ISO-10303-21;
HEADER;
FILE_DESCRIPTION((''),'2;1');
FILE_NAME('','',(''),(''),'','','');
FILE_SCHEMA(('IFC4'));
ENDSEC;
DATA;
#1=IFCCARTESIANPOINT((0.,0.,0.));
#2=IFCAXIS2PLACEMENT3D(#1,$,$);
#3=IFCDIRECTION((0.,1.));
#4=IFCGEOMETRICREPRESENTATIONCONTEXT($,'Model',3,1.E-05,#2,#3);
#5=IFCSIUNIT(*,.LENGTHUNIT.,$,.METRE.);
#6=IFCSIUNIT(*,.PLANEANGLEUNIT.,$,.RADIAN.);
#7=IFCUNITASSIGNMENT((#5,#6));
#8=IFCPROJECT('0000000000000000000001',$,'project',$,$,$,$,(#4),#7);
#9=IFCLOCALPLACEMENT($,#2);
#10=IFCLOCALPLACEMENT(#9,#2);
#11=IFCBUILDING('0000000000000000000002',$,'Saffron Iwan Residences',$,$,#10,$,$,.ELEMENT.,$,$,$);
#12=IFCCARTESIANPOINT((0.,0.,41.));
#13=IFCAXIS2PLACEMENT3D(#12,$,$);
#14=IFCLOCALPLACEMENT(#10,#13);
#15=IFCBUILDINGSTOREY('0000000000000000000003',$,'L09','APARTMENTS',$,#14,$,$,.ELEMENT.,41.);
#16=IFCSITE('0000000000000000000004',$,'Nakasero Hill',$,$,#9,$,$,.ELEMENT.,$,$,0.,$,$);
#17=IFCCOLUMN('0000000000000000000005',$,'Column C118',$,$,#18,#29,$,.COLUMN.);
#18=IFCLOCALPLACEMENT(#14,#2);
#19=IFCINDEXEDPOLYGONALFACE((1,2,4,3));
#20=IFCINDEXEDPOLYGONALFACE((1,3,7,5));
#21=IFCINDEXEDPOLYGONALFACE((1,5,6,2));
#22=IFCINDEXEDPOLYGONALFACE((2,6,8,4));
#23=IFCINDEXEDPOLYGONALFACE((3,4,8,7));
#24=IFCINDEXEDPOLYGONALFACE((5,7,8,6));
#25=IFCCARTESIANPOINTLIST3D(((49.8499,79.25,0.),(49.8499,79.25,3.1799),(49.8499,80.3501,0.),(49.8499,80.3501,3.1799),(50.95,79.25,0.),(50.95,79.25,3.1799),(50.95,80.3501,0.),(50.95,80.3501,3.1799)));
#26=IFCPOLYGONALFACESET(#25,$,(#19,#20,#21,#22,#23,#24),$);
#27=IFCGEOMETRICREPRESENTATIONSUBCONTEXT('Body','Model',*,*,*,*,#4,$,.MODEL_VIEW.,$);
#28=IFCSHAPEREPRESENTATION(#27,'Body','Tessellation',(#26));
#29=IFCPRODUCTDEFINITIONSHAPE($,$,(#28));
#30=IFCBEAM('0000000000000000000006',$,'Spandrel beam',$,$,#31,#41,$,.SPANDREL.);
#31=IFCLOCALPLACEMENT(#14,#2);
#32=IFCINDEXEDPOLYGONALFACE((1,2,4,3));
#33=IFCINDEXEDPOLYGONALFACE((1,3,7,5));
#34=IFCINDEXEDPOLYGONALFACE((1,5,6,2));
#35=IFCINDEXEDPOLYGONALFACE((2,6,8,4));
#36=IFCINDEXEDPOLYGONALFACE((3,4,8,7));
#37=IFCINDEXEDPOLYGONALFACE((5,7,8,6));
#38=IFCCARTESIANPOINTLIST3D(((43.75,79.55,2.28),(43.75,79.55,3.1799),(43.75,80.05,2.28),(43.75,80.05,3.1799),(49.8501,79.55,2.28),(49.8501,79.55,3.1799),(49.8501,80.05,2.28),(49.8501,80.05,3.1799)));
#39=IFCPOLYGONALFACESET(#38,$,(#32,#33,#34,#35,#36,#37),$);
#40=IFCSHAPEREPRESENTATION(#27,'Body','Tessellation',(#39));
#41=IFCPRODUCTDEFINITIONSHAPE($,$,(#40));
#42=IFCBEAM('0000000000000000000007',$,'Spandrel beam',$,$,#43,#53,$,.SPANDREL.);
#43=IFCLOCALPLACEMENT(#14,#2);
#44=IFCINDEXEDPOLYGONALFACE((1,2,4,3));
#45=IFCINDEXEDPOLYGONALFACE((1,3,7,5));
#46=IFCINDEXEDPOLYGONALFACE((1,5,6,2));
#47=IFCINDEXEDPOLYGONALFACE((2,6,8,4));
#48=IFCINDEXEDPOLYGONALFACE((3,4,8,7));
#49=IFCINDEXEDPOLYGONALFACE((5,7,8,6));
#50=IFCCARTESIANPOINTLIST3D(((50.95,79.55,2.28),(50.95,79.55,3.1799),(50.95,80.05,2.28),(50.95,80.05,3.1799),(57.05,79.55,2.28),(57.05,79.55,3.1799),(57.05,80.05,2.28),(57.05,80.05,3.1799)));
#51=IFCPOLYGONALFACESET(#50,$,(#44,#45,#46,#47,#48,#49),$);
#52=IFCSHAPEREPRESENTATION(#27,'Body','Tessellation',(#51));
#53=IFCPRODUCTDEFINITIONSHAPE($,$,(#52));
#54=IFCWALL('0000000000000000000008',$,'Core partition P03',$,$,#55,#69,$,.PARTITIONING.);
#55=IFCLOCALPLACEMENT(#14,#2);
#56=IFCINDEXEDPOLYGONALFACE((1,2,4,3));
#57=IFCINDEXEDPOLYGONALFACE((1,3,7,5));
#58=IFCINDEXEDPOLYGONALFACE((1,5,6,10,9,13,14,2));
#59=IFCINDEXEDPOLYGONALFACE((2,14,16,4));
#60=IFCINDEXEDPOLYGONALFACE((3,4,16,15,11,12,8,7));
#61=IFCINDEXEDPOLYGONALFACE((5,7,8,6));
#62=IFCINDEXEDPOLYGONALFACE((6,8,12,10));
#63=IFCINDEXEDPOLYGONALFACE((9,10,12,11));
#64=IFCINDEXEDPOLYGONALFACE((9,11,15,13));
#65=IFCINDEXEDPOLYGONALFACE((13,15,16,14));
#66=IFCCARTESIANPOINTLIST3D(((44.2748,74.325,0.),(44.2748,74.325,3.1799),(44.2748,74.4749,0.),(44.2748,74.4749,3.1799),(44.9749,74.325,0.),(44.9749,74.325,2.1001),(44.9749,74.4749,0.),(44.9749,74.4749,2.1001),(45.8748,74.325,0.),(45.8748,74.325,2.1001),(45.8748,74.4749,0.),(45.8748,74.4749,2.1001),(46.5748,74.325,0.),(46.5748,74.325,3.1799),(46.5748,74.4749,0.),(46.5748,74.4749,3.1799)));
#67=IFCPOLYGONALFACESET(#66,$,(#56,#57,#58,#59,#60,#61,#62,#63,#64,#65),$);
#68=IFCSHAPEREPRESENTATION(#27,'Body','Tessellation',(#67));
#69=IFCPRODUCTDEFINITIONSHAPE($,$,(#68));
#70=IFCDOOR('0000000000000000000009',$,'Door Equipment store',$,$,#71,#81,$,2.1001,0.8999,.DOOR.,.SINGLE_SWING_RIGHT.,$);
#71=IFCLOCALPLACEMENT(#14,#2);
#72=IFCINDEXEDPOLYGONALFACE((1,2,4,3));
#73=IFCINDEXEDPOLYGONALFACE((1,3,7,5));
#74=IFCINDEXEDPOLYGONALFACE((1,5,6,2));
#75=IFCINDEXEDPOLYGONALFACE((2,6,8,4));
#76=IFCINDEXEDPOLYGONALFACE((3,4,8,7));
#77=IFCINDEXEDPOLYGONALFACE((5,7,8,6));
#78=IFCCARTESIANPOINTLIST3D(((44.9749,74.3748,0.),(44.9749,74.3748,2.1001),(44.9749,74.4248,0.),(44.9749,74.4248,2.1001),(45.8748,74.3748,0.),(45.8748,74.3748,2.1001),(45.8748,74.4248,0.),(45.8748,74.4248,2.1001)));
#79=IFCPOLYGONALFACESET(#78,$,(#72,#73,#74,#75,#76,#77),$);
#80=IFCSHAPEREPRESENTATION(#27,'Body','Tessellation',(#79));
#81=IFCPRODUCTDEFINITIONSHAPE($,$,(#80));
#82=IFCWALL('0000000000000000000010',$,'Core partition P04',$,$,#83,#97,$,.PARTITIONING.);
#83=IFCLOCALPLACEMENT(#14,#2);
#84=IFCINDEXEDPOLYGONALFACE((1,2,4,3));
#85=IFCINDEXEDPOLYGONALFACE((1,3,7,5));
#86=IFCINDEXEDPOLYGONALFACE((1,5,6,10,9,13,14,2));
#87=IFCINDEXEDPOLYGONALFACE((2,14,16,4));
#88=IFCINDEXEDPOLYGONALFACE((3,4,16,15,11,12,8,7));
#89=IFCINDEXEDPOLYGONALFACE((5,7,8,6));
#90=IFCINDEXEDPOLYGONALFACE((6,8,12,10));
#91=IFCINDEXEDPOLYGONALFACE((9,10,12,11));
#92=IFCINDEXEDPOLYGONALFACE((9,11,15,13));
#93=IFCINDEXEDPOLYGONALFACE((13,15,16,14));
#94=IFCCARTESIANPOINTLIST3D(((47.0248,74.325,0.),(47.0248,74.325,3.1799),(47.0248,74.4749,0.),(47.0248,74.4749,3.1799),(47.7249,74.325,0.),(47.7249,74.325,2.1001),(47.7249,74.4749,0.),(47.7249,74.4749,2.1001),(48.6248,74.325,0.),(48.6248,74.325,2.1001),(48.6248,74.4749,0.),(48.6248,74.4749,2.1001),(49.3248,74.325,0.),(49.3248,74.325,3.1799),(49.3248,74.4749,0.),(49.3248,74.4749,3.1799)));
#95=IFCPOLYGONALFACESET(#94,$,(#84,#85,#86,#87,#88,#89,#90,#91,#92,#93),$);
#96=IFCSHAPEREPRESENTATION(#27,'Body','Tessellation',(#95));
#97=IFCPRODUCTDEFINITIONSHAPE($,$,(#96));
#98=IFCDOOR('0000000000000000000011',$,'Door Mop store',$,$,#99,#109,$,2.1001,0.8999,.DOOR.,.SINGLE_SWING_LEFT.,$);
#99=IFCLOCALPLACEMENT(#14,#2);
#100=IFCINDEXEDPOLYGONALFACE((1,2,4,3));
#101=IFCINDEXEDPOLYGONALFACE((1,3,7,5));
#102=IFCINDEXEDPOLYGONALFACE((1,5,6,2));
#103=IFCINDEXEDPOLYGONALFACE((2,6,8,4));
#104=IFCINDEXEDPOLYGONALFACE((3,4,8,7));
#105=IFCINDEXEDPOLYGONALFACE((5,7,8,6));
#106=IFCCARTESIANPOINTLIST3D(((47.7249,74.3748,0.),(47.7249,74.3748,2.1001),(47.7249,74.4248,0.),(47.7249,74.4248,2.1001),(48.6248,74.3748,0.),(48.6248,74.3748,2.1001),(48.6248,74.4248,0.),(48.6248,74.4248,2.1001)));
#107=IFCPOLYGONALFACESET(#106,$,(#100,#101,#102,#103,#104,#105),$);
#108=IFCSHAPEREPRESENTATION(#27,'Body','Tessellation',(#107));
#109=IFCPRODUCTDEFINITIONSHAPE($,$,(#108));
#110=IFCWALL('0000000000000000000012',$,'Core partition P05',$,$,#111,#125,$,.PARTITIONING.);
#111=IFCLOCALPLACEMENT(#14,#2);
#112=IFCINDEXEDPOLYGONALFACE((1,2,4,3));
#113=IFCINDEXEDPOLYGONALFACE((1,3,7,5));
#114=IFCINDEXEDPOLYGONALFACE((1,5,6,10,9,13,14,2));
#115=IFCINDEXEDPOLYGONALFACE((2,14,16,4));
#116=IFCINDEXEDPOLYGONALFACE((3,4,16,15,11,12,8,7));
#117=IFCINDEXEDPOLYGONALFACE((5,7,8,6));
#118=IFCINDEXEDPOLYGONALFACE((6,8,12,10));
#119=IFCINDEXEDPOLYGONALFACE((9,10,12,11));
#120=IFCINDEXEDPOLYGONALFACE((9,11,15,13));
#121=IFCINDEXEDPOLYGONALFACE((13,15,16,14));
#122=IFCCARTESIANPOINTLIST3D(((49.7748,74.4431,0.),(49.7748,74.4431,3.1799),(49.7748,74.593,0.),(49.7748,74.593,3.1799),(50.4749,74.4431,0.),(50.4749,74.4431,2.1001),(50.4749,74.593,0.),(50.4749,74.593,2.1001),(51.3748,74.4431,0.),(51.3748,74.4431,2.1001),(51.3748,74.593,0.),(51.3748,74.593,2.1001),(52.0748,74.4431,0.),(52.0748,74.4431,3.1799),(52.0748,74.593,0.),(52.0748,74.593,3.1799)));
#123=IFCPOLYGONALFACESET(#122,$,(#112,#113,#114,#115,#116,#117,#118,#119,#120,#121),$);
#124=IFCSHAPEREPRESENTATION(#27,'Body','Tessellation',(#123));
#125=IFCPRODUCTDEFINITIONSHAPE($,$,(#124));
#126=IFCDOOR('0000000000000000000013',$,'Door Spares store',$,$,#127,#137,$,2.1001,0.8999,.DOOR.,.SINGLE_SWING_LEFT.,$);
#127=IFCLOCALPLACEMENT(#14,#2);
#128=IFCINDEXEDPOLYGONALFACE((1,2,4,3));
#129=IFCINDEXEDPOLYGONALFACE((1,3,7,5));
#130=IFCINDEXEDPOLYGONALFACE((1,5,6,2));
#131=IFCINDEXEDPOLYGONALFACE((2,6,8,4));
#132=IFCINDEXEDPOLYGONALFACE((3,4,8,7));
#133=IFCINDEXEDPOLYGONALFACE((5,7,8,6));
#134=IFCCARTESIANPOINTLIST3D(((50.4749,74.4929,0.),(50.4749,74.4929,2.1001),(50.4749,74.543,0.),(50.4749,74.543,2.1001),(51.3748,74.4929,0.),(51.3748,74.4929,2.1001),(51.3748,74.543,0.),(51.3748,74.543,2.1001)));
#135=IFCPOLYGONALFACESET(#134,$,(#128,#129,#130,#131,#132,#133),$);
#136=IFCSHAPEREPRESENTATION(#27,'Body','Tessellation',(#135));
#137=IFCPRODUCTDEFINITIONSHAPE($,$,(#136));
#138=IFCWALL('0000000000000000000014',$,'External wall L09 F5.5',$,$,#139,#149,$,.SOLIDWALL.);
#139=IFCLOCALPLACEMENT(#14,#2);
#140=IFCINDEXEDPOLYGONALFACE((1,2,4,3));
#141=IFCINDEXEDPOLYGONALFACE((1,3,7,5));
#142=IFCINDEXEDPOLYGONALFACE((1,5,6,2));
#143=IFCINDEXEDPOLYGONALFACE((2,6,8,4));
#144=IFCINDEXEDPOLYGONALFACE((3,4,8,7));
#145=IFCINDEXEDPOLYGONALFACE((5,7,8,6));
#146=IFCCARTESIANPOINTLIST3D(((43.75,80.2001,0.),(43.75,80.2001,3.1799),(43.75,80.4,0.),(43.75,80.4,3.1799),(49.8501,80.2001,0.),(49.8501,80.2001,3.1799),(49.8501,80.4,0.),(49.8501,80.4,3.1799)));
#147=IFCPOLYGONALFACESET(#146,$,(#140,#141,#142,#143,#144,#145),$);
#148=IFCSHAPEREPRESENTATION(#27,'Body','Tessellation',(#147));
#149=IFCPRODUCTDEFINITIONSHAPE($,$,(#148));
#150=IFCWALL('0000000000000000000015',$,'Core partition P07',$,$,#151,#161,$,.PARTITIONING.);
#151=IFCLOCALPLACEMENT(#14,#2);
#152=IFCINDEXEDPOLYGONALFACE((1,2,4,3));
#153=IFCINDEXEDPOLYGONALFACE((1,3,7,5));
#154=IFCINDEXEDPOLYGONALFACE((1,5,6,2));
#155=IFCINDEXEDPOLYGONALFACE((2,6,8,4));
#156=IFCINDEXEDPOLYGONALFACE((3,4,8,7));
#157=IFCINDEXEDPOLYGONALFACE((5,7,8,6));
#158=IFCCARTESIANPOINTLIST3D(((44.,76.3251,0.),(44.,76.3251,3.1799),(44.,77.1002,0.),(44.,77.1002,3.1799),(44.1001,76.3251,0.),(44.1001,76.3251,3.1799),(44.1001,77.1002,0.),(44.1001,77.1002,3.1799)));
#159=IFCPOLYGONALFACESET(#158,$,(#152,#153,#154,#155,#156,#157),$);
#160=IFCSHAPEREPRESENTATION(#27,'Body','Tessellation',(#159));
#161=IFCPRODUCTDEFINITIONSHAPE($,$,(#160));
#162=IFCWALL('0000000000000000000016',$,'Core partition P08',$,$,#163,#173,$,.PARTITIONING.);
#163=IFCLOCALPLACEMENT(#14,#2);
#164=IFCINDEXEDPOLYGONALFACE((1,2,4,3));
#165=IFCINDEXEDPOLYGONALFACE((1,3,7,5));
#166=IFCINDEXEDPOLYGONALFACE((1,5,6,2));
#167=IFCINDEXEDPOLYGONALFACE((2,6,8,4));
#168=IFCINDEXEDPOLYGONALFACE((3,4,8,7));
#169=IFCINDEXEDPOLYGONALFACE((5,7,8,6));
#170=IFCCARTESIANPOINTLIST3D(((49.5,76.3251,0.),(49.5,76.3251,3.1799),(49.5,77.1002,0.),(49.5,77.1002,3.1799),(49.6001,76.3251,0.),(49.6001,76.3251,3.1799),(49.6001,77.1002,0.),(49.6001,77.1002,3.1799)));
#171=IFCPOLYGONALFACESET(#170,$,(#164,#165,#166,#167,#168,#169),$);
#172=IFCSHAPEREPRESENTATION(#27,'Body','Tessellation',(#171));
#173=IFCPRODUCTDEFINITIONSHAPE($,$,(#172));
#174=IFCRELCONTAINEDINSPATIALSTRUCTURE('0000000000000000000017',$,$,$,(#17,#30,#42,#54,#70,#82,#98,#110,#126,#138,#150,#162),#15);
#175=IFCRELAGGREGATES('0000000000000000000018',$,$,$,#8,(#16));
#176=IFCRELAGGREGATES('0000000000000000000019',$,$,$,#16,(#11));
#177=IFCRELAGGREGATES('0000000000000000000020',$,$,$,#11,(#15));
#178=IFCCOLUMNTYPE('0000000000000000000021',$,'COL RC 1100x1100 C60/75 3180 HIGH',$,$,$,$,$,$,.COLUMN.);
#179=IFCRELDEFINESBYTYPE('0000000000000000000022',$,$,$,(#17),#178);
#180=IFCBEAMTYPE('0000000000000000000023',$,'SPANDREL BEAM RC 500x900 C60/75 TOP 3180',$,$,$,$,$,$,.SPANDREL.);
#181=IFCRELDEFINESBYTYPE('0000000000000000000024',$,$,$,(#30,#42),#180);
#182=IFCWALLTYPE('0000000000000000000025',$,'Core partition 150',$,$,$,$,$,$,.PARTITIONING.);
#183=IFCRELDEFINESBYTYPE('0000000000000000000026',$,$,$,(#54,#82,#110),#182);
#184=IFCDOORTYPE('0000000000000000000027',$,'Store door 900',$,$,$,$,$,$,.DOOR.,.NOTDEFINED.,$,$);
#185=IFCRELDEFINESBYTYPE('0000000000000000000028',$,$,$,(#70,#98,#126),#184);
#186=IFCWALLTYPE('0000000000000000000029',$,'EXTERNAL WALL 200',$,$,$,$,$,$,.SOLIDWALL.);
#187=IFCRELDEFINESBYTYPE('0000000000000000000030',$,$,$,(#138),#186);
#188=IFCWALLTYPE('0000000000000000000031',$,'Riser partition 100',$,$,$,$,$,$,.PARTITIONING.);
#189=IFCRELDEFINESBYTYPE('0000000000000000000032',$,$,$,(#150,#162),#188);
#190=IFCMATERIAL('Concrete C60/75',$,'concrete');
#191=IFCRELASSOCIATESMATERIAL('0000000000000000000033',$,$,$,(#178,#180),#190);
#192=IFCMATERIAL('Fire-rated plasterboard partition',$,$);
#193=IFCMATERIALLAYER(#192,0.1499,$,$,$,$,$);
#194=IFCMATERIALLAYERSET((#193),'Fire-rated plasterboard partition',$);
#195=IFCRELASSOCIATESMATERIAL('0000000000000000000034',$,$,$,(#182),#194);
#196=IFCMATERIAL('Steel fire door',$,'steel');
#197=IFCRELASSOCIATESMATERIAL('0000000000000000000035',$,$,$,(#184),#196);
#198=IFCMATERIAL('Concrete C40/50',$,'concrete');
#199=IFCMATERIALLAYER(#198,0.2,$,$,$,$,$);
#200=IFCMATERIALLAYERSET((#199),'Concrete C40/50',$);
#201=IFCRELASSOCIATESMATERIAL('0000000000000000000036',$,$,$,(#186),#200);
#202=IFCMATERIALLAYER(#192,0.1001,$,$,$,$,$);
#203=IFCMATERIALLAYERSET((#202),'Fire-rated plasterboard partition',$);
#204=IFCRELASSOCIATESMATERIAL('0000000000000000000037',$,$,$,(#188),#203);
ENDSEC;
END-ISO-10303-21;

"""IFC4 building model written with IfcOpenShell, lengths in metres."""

from ifc_helpers import new_model, si_unit, direction, frame, frame_2d, origin, origin_2d, place, context, subcontext, project, spatial, rectangle, extrude, source, transform, mapped, material, layer, layer_set, material_profile, profile_set, type_object, element, fill, save


model = new_model("IFC4")

# Units and contexts
model_context = context("Model", 3, precision=1e-05, world=origin(), true_north=direction((0.0, 1.0)))
body_context = subcontext(model_context, "Body", "Model", "MODEL_VIEW")
ifc_project = project(units=[si_unit("LENGTHUNIT", "METRE"), si_unit("PLANEANGLEUNIT", "RADIAN")], contexts=[model_context])

# Site, building, storey
site_placement = place(None, origin())
site = spatial("IfcSite", under=ifc_project, at=site_placement, Name="Nakasero Hill", CompositionType="ELEMENT", RefElevation=0.0)
building_placement = place(site_placement, origin())
building = spatial("IfcBuilding", under=site, at=building_placement, Name="Saffron Iwan Residences", CompositionType="ELEMENT")
storey_placement = place(building_placement, frame((0.0, 0.0, 41.0)))
storey = spatial("IfcBuildingStorey", under=building, at=storey_placement, Name="L09", Description="APARTMENTS", CompositionType="ELEMENT", Elevation=41.0)

# Column
ifc_material_1 = material(Name="Concrete C60/75", Category="concrete")
ifc_material_profile_1 = material_profile(ifc_material_1, rectangle(XDim=1.1001, YDim=1.1001, at=origin_2d()), Name="RC 1100x1100")
ifc_profile_set_1 = profile_set([ifc_material_profile_1], Name="Concrete C60/75")
column_type = type_object("IfcColumnType", Name="COL RC 1100x1100 C60/75 3180 HIGH", PredefinedType="COLUMN", material=ifc_profile_set_1)
shared_shape_1 = source(origin(), body_context, "Body", "SweptSolid", [
    extrude(rectangle(XDim=1.1001, YDim=1.1001, at=origin_2d()), origin(), (0.0, 0.0, 1.0), 3.1799),
])
column_placement = place(storey_placement, frame((50.3999, 79.8, 0.0), z_axis=(0.0, 0.0, 1.0), x_axis=(1.0, 0.0, 0.0)))
element("IfcColumn", 1, at=column_placement, inside=storey, type_object=column_type, Name="Column C118", PredefinedType="COLUMN", context=body_context, shape_type="MappedRepresentation", body=[
    mapped(shared_shape_1, transform((0.0, 0.0, 0.0))),
])

# Beams
ifc_material_profile_2 = material_profile(ifc_material_1, rectangle(XDim=0.5, YDim=0.8999, at=origin_2d()), Name="RC 500x900")
ifc_profile_set_2 = profile_set([ifc_material_profile_2], Name="Concrete C60/75")
beam_type = type_object("IfcBeamType", Name="SPANDREL BEAM RC 500x900 C60/75 TOP 3180", PredefinedType="SPANDREL", material=ifc_profile_set_2)
shared_shape_2 = source(origin(), body_context, "Body", "SweptSolid", [
    extrude(rectangle(XDim=0.5, YDim=0.8999, at=origin_2d()), origin(), (0.0, 0.0, 1.0), 6.1001),
])
for number, where, z_axis, x_axis, name in (
    (2, (43.75, 79.8, 2.73), (1.0, 0.0, 0.0), (0.0, 1.0, 0.0), "Spandrel beam"),
    (3, (50.95, 79.8, 2.73), (1.0, 0.0, 0.0), (0.0, 1.0, 0.0), "Spandrel beam"),
):
    element("IfcBeam", number, at=place(storey_placement, frame(where, z_axis=z_axis, x_axis=x_axis)), inside=storey, type_object=beam_type, Name=name, PredefinedType="SPANDREL", context=body_context, shape_type="MappedRepresentation", body=[
        mapped(shared_shape_2, transform((0.0, 0.0, 0.0))),
    ])

# Walls, openings, doors
ifc_material_2 = material(Name="Fire-rated plasterboard partition")
ifc_layer_1 = layer(ifc_material_2, 0.1499)
ifc_layer_set_1 = layer_set([ifc_layer_1], Name="Fire-rated plasterboard partition")
wall_type_1 = type_object("IfcWallType", Name="Core partition 150", PredefinedType="PARTITIONING", material=ifc_layer_set_1)
wall_1_placement = place(storey_placement, frame((44.2749, 74.3999, 0.0), z_axis=(0.0, 0.0, 1.0), x_axis=(1.0, 0.0, 0.0)))
wall_1 = element("IfcWall", 4, at=wall_1_placement, inside=storey, type_object=wall_type_1, Name="Core partition P03", PredefinedType="PARTITIONING", context=body_context, shape_type="SweptSolid", body=[
    extrude(rectangle(XDim=2.3, YDim=0.1499, at=frame_2d((1.1499, 0.0))), origin(), (0.0, 0.0, 1.0), 3.1799),
])
opening_1_placement = place(wall_1_placement, frame((0.7, 0.0, 0.0)))
opening_1 = element("IfcOpeningElement", 5, at=opening_1_placement, cuts=wall_1, PredefinedType="OPENING", context=body_context, shape_type="SweptSolid", body=[
    extrude(rectangle(XDim=0.8999, YDim=2.1001, at=frame_2d((0.45, 1.05))), frame((0.0, 0.085, 0.0), z_axis=(0.0, -1.0, 0.0), x_axis=(1.0, 0.0, 0.0)), (0.0, 0.0, 1.0), 0.1699),
])
ifc_material_3 = material(Name="Steel fire door", Category="steel")
door_type = type_object("IfcDoorType", Name="Store door 900", OperationType="NOTDEFINED", PredefinedType="DOOR", material=ifc_material_3)
door_1_placement = place(opening_1_placement, origin())
door_1 = element("IfcDoor", 6, at=door_1_placement, inside=storey, type_object=door_type, Name="Door Equipment store", OperationType="SINGLE_SWING_RIGHT", OverallHeight=2.1001, OverallWidth=0.8999, PredefinedType="DOOR", context=body_context, shape_type="SweptSolid", body=[
    extrude(rectangle(XDim=0.8999, YDim=2.1001, at=frame_2d((0.45, 1.05))), frame((0.0, 0.0249, 0.0), z_axis=(0.0, -1.0, 0.0), x_axis=(1.0, 0.0, 0.0)), (0.0, 0.0, 1.0), 0.05),
])
fill(opening_1, door_1)
wall_2_placement = place(storey_placement, frame((47.0249, 74.3999, 0.0), z_axis=(0.0, 0.0, 1.0), x_axis=(1.0, 0.0, 0.0)))
wall_2 = element("IfcWall", 7, at=wall_2_placement, inside=storey, type_object=wall_type_1, Name="Core partition P04", PredefinedType="PARTITIONING", context=body_context, shape_type="SweptSolid", body=[
    extrude(rectangle(XDim=2.3, YDim=0.1499, at=frame_2d((1.1499, 0.0))), origin(), (0.0, 0.0, 1.0), 3.1799),
])
opening_2_placement = place(wall_2_placement, frame((0.7, 0.0, 0.0)))
opening_2 = element("IfcOpeningElement", 8, at=opening_2_placement, cuts=wall_2, PredefinedType="OPENING", context=body_context, shape_type="SweptSolid", body=[
    extrude(rectangle(XDim=0.8999, YDim=2.1001, at=frame_2d((0.45, 1.05))), frame((0.0, 0.085, 0.0), z_axis=(0.0, -1.0, 0.0), x_axis=(1.0, 0.0, 0.0)), (0.0, 0.0, 1.0), 0.1699),
])
door_2_placement = place(opening_2_placement, origin())
door_2 = element("IfcDoor", 9, at=door_2_placement, inside=storey, type_object=door_type, Name="Door Mop store", OperationType="SINGLE_SWING_LEFT", OverallHeight=2.1001, OverallWidth=0.8999, PredefinedType="DOOR", context=body_context, shape_type="SweptSolid", body=[
    extrude(rectangle(XDim=0.8999, YDim=2.1001, at=frame_2d((0.45, 1.05))), frame((0.0, 0.0249, 0.0), z_axis=(0.0, -1.0, 0.0), x_axis=(1.0, 0.0, 0.0)), (0.0, 0.0, 1.0), 0.05),
])
fill(opening_2, door_2)
wall_3_placement = place(storey_placement, frame((49.7749, 74.5181, 0.0), z_axis=(0.0, 0.0, 1.0), x_axis=(1.0, 0.0, 0.0)))
wall_3 = element("IfcWall", 10, at=wall_3_placement, inside=storey, type_object=wall_type_1, Name="Core partition P05", PredefinedType="PARTITIONING", context=body_context, shape_type="SweptSolid", body=[
    extrude(rectangle(XDim=2.3, YDim=0.1499, at=frame_2d((1.1499, 0.0))), origin(), (0.0, 0.0, 1.0), 3.1799),
])
opening_3_placement = place(wall_3_placement, frame((0.7, 0.0, 0.0)))
opening_3 = element("IfcOpeningElement", 11, at=opening_3_placement, cuts=wall_3, PredefinedType="OPENING", context=body_context, shape_type="SweptSolid", body=[
    extrude(rectangle(XDim=0.8999, YDim=2.1001, at=frame_2d((0.45, 1.05))), frame((0.0, 0.085, 0.0), z_axis=(0.0, -1.0, 0.0), x_axis=(1.0, 0.0, 0.0)), (0.0, 0.0, 1.0), 0.1699),
])
door_3_placement = place(opening_3_placement, origin())
door_3 = element("IfcDoor", 12, at=door_3_placement, inside=storey, type_object=door_type, Name="Door Spares store", OperationType="SINGLE_SWING_LEFT", OverallHeight=2.1001, OverallWidth=0.8999, PredefinedType="DOOR", context=body_context, shape_type="SweptSolid", body=[
    extrude(rectangle(XDim=0.8999, YDim=2.1001, at=frame_2d((0.45, 1.05))), frame((0.0, 0.0249, 0.0), z_axis=(0.0, -1.0, 0.0), x_axis=(1.0, 0.0, 0.0)), (0.0, 0.0, 1.0), 0.05),
])
fill(opening_3, door_3)

# Walls
ifc_material_4 = material(Name="Concrete C40/50", Category="concrete")
ifc_layer_2 = layer(ifc_material_4, 0.2)
ifc_layer_set_2 = layer_set([ifc_layer_2], Name="Concrete C40/50")
wall_type_2 = type_object("IfcWallType", Name="EXTERNAL WALL 200", PredefinedType="SOLIDWALL", material=ifc_layer_set_2)
wall_4_placement = place(storey_placement, frame((49.8501, 80.3, 0.0), z_axis=(0.0, 0.0, 1.0), x_axis=(-1.0, 0.0, 0.0)))
element("IfcWall", 13, at=wall_4_placement, inside=storey, type_object=wall_type_2, Name="External wall L09 F5.5", PredefinedType="SOLIDWALL", context=body_context, shape_type="SweptSolid", body=[
    extrude(rectangle(XDim=6.1001, YDim=0.2, at=frame_2d((3.05, 0.0))), origin(), (0.0, 0.0, 1.0), 3.1799),
])
ifc_layer_3 = layer(ifc_material_2, 0.1001)
ifc_layer_set_3 = layer_set([ifc_layer_3], Name="Fire-rated plasterboard partition")
wall_type_3 = type_object("IfcWallType", Name="Riser partition 100", PredefinedType="PARTITIONING", material=ifc_layer_set_3)
for number, where, z_axis, x_axis, name in (
    (14, (44.05, 76.325, 0.0), (0.0, 0.0, 1.0), (0.0, 1.0, 0.0), "Core partition P07"),
    (15, (49.55, 76.325, 0.0), (0.0, 0.0, 1.0), (0.0, 1.0, 0.0), "Core partition P08"),
):
    element("IfcWall", number, at=place(storey_placement, frame(where, z_axis=z_axis, x_axis=x_axis)), inside=storey, type_object=wall_type_3, Name=name, PredefinedType="PARTITIONING", context=body_context, shape_type="SweptSolid", body=[
        extrude(rectangle(XDim=0.7751, YDim=0.1001, at=frame_2d((0.3877, 0.0))), origin(), (0.0, 0.0, 1.0), 3.1799),
    ])

save(model, "model.ifc")
